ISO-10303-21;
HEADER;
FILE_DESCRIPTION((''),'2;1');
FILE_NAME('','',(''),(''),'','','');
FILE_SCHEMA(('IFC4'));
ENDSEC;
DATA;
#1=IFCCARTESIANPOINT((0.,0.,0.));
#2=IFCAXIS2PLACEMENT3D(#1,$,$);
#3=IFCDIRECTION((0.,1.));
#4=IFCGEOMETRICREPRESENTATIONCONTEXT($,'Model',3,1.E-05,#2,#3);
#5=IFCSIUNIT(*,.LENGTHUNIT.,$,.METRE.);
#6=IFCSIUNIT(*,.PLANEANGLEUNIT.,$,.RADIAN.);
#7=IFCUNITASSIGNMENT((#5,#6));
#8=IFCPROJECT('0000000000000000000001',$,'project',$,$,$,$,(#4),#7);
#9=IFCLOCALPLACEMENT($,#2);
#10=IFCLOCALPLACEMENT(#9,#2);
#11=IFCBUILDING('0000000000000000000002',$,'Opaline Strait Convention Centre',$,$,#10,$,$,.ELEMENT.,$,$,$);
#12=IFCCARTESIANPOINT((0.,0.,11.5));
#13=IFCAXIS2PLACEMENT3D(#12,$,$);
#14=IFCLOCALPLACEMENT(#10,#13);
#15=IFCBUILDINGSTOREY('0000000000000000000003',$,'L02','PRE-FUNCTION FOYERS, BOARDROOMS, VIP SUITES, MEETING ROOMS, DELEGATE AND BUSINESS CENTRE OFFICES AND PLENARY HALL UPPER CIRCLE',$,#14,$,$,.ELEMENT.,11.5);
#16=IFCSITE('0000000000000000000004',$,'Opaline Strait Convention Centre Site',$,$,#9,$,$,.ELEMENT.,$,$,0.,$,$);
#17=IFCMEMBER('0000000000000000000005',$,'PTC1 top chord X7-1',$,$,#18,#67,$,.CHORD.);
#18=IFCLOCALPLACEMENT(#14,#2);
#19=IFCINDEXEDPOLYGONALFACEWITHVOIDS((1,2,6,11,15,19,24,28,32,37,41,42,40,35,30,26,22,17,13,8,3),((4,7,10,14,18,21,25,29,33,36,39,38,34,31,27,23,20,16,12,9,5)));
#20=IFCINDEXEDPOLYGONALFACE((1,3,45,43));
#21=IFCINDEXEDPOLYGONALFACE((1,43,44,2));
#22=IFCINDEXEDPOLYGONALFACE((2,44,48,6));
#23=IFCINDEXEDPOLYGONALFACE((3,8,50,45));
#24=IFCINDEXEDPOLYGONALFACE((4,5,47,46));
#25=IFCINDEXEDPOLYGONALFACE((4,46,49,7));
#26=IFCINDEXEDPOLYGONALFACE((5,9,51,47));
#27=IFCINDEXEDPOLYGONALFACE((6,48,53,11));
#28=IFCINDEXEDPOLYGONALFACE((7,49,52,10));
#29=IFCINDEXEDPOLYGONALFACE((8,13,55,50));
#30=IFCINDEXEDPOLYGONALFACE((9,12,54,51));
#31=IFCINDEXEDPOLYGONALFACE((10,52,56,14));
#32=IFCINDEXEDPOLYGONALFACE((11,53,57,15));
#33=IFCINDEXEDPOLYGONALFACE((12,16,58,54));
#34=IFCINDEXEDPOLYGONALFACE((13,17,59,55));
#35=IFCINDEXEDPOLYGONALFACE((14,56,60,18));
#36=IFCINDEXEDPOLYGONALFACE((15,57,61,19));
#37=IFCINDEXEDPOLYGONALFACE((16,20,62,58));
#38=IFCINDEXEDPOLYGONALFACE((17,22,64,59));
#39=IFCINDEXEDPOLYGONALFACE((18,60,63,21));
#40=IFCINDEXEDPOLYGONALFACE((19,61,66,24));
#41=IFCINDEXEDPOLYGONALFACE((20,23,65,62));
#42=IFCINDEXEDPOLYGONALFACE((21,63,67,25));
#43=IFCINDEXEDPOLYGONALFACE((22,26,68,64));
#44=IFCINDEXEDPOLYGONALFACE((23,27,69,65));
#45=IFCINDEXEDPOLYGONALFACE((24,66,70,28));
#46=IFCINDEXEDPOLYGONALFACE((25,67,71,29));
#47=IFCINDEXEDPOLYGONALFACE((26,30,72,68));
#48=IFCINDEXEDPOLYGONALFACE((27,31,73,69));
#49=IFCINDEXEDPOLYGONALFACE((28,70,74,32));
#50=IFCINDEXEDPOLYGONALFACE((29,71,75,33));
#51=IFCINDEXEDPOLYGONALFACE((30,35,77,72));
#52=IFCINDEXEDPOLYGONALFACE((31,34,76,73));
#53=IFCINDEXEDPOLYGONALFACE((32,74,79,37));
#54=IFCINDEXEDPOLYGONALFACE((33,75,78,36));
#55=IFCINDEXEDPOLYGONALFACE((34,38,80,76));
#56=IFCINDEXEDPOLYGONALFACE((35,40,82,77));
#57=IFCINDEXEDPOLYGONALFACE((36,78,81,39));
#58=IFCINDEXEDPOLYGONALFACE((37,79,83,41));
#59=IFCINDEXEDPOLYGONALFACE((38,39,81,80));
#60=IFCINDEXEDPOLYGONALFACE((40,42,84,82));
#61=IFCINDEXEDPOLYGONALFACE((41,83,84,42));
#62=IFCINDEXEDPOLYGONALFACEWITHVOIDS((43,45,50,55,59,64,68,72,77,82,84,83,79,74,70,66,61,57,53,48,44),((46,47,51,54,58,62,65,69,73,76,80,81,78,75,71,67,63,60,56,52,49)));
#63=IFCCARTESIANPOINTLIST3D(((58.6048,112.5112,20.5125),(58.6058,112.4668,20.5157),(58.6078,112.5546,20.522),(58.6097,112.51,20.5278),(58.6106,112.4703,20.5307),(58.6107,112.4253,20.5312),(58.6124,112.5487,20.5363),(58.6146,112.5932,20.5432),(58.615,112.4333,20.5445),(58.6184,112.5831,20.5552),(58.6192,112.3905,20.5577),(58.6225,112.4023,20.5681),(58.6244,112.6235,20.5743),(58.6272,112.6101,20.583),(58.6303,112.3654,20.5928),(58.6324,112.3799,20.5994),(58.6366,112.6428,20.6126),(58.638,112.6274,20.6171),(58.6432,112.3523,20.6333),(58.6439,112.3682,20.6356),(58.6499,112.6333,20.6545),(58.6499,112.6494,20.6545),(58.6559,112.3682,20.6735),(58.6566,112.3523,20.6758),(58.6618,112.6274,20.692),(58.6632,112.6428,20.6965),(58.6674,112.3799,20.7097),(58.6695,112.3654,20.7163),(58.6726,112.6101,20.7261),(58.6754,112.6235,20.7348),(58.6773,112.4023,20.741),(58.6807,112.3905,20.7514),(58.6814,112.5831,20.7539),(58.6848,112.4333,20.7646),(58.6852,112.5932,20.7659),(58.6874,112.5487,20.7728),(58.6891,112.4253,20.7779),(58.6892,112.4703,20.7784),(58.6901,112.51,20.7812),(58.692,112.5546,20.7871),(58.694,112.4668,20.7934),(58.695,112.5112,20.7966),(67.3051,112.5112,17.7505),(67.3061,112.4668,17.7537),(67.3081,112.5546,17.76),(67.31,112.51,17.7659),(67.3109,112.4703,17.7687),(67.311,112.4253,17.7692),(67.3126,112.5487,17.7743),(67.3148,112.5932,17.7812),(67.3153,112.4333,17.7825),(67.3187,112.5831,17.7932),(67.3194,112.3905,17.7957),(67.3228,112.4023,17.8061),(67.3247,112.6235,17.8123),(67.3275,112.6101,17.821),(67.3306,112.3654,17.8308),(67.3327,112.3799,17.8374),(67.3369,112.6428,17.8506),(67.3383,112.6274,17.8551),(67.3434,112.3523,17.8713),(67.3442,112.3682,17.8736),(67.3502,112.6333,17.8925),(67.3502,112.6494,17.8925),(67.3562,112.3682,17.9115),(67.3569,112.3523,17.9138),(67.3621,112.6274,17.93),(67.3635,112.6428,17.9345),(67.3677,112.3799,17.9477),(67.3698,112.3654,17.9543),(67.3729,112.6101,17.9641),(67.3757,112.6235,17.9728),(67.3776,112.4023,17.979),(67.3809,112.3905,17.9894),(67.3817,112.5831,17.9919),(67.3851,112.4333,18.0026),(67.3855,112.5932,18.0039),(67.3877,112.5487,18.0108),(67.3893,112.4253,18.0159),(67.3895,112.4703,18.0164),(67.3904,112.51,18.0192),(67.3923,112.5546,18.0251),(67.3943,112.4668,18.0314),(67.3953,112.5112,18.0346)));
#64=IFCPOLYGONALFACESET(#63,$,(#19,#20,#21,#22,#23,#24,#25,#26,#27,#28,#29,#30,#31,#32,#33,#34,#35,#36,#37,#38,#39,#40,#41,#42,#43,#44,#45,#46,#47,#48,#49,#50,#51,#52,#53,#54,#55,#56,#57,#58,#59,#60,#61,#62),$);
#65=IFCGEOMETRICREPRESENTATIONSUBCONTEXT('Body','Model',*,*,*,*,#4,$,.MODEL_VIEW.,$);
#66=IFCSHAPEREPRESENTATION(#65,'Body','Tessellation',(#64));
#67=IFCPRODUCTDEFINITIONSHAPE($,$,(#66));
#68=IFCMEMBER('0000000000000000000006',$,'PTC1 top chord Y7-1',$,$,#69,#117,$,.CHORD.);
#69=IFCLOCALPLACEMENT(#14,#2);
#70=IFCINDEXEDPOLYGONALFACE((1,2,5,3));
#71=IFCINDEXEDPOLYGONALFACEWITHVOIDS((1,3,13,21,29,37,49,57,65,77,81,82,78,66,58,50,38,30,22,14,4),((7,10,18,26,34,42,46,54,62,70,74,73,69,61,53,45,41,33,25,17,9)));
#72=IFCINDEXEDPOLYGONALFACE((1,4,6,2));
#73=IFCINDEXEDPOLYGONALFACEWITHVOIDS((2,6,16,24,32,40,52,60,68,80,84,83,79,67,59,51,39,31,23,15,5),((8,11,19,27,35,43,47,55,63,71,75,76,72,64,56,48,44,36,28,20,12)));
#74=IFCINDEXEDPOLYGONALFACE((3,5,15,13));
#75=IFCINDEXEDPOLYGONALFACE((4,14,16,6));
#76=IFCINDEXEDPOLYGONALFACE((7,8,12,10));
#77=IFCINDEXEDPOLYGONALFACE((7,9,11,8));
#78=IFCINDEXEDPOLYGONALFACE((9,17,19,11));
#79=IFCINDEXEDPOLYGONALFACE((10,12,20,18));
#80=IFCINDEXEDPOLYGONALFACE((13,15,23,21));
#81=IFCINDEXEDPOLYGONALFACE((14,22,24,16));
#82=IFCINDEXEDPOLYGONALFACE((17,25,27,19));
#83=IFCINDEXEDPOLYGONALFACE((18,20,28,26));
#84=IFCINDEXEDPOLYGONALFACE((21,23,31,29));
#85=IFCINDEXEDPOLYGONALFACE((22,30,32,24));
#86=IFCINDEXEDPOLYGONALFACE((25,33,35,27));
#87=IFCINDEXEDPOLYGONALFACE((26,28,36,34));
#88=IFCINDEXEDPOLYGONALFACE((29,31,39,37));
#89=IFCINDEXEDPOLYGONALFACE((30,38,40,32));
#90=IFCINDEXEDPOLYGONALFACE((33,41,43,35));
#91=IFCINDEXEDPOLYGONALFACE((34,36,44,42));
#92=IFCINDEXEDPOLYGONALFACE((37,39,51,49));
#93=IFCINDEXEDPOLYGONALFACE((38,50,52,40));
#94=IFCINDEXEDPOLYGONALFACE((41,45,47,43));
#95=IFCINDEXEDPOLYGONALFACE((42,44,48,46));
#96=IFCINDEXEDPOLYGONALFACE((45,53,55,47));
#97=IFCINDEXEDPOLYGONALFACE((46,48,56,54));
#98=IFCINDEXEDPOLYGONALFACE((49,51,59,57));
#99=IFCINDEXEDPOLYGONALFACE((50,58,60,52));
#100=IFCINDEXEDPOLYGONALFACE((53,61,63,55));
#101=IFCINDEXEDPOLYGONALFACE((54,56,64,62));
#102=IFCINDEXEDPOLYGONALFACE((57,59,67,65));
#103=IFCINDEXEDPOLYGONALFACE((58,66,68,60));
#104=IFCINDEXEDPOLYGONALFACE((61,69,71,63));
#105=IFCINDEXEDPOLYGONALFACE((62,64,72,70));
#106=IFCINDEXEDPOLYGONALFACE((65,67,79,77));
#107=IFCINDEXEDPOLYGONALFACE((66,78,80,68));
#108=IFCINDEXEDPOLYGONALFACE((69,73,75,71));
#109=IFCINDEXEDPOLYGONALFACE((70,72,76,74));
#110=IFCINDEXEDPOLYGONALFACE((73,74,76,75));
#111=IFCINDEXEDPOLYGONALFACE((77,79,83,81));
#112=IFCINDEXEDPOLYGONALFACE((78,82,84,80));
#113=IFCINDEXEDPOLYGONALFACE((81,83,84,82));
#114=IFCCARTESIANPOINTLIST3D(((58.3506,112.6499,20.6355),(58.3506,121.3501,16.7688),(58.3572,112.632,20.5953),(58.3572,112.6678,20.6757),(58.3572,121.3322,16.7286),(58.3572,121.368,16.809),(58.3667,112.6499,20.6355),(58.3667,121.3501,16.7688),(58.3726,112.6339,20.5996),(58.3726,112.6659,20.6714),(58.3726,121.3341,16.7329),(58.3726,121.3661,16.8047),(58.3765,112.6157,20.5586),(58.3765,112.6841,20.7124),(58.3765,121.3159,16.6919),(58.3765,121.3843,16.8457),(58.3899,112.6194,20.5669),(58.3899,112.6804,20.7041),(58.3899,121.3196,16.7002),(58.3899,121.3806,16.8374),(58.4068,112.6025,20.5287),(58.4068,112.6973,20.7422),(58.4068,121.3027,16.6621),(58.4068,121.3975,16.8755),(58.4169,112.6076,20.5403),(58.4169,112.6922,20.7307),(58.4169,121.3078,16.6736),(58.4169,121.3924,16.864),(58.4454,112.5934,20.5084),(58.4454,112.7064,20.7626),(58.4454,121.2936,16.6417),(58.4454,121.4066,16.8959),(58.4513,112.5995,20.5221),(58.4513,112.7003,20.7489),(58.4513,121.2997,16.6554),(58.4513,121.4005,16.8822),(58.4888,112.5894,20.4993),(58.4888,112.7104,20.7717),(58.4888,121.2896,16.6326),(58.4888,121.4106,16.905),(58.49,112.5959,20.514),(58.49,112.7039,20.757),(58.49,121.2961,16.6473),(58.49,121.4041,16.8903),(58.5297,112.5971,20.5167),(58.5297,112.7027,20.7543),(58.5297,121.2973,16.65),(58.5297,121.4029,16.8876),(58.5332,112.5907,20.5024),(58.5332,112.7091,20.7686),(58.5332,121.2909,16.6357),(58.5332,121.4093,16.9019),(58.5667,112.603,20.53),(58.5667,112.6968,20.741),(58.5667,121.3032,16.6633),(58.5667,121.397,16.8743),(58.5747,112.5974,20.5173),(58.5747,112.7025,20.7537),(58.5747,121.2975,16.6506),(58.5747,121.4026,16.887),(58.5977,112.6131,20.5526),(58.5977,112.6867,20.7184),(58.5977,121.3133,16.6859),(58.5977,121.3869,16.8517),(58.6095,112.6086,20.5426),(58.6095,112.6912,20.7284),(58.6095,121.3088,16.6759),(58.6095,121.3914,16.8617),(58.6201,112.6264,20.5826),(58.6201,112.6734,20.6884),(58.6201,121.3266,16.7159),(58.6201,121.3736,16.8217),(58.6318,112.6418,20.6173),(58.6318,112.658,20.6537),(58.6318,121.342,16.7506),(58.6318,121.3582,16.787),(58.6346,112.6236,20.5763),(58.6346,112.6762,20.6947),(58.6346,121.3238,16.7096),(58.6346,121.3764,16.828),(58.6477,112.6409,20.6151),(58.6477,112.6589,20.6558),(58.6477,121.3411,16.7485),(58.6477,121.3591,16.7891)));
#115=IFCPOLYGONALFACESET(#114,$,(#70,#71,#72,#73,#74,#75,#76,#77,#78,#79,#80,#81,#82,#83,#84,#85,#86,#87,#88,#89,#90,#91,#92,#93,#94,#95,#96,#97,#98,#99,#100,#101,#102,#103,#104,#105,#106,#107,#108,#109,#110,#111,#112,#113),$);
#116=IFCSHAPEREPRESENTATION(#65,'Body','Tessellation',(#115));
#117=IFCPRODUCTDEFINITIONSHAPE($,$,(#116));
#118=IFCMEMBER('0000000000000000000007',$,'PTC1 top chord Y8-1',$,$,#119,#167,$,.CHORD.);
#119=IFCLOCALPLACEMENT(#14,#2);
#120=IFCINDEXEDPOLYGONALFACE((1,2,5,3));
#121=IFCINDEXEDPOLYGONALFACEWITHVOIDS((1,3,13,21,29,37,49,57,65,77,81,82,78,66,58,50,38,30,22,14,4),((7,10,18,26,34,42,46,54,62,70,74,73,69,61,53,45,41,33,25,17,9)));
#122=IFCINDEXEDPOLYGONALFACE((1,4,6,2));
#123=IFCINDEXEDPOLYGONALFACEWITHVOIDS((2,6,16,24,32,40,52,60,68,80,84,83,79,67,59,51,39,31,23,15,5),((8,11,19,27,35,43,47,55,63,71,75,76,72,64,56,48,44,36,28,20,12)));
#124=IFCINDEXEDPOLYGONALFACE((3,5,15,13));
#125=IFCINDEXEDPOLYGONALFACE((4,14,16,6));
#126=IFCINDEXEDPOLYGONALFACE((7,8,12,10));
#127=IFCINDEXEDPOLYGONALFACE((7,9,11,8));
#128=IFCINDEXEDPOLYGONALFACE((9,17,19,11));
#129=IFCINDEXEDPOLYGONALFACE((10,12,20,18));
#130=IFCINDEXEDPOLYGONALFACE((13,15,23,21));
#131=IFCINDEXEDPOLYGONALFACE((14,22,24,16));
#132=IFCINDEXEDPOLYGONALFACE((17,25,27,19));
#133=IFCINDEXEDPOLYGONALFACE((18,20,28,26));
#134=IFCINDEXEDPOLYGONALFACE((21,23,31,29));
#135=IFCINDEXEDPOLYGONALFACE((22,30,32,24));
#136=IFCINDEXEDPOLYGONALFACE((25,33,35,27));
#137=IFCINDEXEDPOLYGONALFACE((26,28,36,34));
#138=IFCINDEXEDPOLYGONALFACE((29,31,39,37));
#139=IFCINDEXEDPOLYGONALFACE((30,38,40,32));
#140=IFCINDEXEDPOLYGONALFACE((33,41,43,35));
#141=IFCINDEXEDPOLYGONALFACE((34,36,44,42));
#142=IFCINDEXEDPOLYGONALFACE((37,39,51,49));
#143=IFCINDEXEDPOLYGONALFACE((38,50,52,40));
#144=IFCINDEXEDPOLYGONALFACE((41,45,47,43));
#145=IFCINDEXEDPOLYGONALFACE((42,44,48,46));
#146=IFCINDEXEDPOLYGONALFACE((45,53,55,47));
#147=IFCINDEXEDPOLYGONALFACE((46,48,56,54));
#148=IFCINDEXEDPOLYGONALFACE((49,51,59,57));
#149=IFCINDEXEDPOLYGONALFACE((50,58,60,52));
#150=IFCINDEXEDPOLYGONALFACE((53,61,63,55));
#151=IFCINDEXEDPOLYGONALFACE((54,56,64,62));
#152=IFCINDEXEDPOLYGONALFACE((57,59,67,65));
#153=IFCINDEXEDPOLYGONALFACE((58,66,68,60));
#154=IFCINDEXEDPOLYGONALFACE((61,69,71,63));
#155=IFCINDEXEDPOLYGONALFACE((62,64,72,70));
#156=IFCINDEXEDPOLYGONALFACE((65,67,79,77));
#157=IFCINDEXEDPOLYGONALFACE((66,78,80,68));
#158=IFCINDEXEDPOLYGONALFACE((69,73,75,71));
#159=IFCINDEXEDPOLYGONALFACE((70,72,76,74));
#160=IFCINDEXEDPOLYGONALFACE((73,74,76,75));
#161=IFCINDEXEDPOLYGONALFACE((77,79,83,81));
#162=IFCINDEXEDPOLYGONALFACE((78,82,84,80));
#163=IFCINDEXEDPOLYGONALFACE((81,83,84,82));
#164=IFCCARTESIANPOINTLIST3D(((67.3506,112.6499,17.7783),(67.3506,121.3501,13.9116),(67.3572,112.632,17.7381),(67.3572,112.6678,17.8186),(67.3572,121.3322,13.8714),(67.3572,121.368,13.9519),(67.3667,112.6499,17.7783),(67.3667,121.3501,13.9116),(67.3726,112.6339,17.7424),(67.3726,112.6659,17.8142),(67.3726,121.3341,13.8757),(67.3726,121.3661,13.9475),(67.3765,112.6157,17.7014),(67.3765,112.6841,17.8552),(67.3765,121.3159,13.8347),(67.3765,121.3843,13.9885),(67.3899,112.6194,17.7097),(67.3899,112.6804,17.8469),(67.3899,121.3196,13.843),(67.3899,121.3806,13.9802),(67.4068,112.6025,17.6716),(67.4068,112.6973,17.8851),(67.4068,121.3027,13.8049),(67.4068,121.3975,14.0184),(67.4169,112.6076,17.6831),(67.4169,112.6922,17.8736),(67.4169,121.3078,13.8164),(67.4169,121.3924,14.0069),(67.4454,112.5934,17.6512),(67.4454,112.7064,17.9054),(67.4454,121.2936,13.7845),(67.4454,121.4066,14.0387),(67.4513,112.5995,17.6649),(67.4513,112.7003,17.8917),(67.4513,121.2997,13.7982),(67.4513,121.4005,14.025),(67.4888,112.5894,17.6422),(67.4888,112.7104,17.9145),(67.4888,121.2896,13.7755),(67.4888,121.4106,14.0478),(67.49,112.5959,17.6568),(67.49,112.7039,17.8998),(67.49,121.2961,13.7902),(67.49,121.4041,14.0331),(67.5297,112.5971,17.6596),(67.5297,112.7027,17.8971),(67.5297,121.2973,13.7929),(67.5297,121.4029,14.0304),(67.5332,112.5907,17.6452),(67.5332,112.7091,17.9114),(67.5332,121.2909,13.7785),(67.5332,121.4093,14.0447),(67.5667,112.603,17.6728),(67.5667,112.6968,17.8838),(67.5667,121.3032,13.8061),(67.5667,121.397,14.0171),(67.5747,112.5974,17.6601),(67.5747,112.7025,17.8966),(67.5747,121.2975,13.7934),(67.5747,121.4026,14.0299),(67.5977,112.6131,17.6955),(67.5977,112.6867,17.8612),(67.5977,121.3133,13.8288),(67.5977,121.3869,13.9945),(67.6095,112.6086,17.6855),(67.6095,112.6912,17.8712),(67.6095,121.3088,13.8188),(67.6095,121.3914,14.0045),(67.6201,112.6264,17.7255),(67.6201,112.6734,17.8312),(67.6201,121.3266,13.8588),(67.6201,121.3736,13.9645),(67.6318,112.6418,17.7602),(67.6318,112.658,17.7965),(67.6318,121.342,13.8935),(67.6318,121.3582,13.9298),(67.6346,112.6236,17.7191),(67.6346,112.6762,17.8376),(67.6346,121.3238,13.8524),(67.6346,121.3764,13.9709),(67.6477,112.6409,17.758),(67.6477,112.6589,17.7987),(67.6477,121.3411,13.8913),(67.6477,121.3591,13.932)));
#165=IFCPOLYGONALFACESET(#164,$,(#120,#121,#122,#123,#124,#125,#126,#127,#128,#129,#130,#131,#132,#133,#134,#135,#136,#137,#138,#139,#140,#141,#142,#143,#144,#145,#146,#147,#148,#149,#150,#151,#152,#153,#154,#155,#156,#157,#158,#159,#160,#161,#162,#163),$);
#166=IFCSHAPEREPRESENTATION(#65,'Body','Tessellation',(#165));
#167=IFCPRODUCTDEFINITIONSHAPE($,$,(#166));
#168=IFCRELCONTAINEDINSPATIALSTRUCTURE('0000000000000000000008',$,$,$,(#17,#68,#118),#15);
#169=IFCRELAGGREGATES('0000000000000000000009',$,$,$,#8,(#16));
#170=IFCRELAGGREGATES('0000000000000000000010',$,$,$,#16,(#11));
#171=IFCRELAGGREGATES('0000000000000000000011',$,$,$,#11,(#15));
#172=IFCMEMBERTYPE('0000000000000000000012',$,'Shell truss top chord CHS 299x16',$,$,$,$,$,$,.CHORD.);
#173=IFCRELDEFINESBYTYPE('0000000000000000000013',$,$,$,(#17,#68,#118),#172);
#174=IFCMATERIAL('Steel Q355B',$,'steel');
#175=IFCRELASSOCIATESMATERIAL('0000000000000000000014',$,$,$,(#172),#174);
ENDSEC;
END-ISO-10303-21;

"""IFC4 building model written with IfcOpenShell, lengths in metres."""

from ifc_helpers import new_model, si_unit, direction, frame, origin, origin_2d, place, context, subcontext, project, spatial, hollow_circle, extrude, material, material_profile, profile_set, type_object, element, save


model = new_model("IFC4")

# Units and contexts
model_context = context("Model", 3, precision=1e-05, world=origin(), true_north=direction((0.0, 1.0)))
body_context = subcontext(model_context, "Body", "Model", "MODEL_VIEW")
ifc_project = project(units=[si_unit("LENGTHUNIT", "METRE"), si_unit("PLANEANGLEUNIT", "RADIAN")], contexts=[model_context])

# Site, building, storey
site_placement = place(None, origin())
site = spatial("IfcSite", under=ifc_project, at=site_placement, Name="Opaline Strait Convention Centre Site", CompositionType="ELEMENT", RefElevation=0.0)
building_placement = place(site_placement, origin())
building = spatial("IfcBuilding", under=site, at=building_placement, Name="Opaline Strait Convention Centre", CompositionType="ELEMENT")
storey_placement = place(building_placement, frame((0.0, 0.0, 11.5)))
storey = spatial("IfcBuildingStorey", under=building, at=storey_placement, Name="L02", Description="PRE-FUNCTION FOYERS, BOARDROOMS, VIP SUITES, MEETING ROOMS, DELEGATE AND BUSINESS CENTRE OFFICES AND PLENARY HALL UPPER CIRCLE", CompositionType="ELEMENT", Elevation=11.5)

# Members
ifc_material_1 = material(Name="Steel Q355B", Category="steel")
ifc_material_profile_1 = material_profile(ifc_material_1, hollow_circle(Radius=0.1494, WallThickness=0.0161, at=origin_2d()), Name="CHS 299x16")
ifc_profile_set_1 = profile_set([ifc_material_profile_1], Name="Steel Q355B")
member_type_1 = type_object("IfcMemberType", Name="Shell truss top chord CHS 299x16", PredefinedType="CHORD", material=ifc_profile_set_1)
member_1_placement = place(storey_placement, frame((58.6499, 112.5, 20.6545), z_axis=(0.953124, 0.0, -0.302579), x_axis=(0.0, 1.0, 0.0)))
element("IfcMember", 1, at=member_1_placement, inside=storey, type_object=member_type_1, Name="PTC1 top chord X7-1", PredefinedType="CHORD", context=body_context, shape_type="SweptSolid", body=[
    extrude(hollow_circle(Radius=0.1494, WallThickness=0.0161, at=origin_2d()), origin(), (0.0, 0.0, 1.0), 9.1282),
])
for number, where, z_axis, x_axis, name in (
    (2, (58.5, 112.6499, 20.6355), (0.0, 0.913814, -0.406134), (-1.0, 0.0, 0.0), "PTC1 top chord Y7-1"),
    (3, (67.5, 112.6499, 17.7783), (0.0, 0.913814, -0.406134), (-1.0, 0.0, 0.0), "PTC1 top chord Y8-1"),
):
    element("IfcMember", number, at=place(storey_placement, frame(where, z_axis=z_axis, x_axis=x_axis)), inside=storey, type_object=member_type_1, Name=name, PredefinedType="CHORD", context=body_context, shape_type="SweptSolid", body=[
        extrude(hollow_circle(Radius=0.1494, WallThickness=0.0161, at=origin_2d()), origin(), (0.0, 0.0, 1.0), 9.5208),
    ])

save(model, "model.ifc")
